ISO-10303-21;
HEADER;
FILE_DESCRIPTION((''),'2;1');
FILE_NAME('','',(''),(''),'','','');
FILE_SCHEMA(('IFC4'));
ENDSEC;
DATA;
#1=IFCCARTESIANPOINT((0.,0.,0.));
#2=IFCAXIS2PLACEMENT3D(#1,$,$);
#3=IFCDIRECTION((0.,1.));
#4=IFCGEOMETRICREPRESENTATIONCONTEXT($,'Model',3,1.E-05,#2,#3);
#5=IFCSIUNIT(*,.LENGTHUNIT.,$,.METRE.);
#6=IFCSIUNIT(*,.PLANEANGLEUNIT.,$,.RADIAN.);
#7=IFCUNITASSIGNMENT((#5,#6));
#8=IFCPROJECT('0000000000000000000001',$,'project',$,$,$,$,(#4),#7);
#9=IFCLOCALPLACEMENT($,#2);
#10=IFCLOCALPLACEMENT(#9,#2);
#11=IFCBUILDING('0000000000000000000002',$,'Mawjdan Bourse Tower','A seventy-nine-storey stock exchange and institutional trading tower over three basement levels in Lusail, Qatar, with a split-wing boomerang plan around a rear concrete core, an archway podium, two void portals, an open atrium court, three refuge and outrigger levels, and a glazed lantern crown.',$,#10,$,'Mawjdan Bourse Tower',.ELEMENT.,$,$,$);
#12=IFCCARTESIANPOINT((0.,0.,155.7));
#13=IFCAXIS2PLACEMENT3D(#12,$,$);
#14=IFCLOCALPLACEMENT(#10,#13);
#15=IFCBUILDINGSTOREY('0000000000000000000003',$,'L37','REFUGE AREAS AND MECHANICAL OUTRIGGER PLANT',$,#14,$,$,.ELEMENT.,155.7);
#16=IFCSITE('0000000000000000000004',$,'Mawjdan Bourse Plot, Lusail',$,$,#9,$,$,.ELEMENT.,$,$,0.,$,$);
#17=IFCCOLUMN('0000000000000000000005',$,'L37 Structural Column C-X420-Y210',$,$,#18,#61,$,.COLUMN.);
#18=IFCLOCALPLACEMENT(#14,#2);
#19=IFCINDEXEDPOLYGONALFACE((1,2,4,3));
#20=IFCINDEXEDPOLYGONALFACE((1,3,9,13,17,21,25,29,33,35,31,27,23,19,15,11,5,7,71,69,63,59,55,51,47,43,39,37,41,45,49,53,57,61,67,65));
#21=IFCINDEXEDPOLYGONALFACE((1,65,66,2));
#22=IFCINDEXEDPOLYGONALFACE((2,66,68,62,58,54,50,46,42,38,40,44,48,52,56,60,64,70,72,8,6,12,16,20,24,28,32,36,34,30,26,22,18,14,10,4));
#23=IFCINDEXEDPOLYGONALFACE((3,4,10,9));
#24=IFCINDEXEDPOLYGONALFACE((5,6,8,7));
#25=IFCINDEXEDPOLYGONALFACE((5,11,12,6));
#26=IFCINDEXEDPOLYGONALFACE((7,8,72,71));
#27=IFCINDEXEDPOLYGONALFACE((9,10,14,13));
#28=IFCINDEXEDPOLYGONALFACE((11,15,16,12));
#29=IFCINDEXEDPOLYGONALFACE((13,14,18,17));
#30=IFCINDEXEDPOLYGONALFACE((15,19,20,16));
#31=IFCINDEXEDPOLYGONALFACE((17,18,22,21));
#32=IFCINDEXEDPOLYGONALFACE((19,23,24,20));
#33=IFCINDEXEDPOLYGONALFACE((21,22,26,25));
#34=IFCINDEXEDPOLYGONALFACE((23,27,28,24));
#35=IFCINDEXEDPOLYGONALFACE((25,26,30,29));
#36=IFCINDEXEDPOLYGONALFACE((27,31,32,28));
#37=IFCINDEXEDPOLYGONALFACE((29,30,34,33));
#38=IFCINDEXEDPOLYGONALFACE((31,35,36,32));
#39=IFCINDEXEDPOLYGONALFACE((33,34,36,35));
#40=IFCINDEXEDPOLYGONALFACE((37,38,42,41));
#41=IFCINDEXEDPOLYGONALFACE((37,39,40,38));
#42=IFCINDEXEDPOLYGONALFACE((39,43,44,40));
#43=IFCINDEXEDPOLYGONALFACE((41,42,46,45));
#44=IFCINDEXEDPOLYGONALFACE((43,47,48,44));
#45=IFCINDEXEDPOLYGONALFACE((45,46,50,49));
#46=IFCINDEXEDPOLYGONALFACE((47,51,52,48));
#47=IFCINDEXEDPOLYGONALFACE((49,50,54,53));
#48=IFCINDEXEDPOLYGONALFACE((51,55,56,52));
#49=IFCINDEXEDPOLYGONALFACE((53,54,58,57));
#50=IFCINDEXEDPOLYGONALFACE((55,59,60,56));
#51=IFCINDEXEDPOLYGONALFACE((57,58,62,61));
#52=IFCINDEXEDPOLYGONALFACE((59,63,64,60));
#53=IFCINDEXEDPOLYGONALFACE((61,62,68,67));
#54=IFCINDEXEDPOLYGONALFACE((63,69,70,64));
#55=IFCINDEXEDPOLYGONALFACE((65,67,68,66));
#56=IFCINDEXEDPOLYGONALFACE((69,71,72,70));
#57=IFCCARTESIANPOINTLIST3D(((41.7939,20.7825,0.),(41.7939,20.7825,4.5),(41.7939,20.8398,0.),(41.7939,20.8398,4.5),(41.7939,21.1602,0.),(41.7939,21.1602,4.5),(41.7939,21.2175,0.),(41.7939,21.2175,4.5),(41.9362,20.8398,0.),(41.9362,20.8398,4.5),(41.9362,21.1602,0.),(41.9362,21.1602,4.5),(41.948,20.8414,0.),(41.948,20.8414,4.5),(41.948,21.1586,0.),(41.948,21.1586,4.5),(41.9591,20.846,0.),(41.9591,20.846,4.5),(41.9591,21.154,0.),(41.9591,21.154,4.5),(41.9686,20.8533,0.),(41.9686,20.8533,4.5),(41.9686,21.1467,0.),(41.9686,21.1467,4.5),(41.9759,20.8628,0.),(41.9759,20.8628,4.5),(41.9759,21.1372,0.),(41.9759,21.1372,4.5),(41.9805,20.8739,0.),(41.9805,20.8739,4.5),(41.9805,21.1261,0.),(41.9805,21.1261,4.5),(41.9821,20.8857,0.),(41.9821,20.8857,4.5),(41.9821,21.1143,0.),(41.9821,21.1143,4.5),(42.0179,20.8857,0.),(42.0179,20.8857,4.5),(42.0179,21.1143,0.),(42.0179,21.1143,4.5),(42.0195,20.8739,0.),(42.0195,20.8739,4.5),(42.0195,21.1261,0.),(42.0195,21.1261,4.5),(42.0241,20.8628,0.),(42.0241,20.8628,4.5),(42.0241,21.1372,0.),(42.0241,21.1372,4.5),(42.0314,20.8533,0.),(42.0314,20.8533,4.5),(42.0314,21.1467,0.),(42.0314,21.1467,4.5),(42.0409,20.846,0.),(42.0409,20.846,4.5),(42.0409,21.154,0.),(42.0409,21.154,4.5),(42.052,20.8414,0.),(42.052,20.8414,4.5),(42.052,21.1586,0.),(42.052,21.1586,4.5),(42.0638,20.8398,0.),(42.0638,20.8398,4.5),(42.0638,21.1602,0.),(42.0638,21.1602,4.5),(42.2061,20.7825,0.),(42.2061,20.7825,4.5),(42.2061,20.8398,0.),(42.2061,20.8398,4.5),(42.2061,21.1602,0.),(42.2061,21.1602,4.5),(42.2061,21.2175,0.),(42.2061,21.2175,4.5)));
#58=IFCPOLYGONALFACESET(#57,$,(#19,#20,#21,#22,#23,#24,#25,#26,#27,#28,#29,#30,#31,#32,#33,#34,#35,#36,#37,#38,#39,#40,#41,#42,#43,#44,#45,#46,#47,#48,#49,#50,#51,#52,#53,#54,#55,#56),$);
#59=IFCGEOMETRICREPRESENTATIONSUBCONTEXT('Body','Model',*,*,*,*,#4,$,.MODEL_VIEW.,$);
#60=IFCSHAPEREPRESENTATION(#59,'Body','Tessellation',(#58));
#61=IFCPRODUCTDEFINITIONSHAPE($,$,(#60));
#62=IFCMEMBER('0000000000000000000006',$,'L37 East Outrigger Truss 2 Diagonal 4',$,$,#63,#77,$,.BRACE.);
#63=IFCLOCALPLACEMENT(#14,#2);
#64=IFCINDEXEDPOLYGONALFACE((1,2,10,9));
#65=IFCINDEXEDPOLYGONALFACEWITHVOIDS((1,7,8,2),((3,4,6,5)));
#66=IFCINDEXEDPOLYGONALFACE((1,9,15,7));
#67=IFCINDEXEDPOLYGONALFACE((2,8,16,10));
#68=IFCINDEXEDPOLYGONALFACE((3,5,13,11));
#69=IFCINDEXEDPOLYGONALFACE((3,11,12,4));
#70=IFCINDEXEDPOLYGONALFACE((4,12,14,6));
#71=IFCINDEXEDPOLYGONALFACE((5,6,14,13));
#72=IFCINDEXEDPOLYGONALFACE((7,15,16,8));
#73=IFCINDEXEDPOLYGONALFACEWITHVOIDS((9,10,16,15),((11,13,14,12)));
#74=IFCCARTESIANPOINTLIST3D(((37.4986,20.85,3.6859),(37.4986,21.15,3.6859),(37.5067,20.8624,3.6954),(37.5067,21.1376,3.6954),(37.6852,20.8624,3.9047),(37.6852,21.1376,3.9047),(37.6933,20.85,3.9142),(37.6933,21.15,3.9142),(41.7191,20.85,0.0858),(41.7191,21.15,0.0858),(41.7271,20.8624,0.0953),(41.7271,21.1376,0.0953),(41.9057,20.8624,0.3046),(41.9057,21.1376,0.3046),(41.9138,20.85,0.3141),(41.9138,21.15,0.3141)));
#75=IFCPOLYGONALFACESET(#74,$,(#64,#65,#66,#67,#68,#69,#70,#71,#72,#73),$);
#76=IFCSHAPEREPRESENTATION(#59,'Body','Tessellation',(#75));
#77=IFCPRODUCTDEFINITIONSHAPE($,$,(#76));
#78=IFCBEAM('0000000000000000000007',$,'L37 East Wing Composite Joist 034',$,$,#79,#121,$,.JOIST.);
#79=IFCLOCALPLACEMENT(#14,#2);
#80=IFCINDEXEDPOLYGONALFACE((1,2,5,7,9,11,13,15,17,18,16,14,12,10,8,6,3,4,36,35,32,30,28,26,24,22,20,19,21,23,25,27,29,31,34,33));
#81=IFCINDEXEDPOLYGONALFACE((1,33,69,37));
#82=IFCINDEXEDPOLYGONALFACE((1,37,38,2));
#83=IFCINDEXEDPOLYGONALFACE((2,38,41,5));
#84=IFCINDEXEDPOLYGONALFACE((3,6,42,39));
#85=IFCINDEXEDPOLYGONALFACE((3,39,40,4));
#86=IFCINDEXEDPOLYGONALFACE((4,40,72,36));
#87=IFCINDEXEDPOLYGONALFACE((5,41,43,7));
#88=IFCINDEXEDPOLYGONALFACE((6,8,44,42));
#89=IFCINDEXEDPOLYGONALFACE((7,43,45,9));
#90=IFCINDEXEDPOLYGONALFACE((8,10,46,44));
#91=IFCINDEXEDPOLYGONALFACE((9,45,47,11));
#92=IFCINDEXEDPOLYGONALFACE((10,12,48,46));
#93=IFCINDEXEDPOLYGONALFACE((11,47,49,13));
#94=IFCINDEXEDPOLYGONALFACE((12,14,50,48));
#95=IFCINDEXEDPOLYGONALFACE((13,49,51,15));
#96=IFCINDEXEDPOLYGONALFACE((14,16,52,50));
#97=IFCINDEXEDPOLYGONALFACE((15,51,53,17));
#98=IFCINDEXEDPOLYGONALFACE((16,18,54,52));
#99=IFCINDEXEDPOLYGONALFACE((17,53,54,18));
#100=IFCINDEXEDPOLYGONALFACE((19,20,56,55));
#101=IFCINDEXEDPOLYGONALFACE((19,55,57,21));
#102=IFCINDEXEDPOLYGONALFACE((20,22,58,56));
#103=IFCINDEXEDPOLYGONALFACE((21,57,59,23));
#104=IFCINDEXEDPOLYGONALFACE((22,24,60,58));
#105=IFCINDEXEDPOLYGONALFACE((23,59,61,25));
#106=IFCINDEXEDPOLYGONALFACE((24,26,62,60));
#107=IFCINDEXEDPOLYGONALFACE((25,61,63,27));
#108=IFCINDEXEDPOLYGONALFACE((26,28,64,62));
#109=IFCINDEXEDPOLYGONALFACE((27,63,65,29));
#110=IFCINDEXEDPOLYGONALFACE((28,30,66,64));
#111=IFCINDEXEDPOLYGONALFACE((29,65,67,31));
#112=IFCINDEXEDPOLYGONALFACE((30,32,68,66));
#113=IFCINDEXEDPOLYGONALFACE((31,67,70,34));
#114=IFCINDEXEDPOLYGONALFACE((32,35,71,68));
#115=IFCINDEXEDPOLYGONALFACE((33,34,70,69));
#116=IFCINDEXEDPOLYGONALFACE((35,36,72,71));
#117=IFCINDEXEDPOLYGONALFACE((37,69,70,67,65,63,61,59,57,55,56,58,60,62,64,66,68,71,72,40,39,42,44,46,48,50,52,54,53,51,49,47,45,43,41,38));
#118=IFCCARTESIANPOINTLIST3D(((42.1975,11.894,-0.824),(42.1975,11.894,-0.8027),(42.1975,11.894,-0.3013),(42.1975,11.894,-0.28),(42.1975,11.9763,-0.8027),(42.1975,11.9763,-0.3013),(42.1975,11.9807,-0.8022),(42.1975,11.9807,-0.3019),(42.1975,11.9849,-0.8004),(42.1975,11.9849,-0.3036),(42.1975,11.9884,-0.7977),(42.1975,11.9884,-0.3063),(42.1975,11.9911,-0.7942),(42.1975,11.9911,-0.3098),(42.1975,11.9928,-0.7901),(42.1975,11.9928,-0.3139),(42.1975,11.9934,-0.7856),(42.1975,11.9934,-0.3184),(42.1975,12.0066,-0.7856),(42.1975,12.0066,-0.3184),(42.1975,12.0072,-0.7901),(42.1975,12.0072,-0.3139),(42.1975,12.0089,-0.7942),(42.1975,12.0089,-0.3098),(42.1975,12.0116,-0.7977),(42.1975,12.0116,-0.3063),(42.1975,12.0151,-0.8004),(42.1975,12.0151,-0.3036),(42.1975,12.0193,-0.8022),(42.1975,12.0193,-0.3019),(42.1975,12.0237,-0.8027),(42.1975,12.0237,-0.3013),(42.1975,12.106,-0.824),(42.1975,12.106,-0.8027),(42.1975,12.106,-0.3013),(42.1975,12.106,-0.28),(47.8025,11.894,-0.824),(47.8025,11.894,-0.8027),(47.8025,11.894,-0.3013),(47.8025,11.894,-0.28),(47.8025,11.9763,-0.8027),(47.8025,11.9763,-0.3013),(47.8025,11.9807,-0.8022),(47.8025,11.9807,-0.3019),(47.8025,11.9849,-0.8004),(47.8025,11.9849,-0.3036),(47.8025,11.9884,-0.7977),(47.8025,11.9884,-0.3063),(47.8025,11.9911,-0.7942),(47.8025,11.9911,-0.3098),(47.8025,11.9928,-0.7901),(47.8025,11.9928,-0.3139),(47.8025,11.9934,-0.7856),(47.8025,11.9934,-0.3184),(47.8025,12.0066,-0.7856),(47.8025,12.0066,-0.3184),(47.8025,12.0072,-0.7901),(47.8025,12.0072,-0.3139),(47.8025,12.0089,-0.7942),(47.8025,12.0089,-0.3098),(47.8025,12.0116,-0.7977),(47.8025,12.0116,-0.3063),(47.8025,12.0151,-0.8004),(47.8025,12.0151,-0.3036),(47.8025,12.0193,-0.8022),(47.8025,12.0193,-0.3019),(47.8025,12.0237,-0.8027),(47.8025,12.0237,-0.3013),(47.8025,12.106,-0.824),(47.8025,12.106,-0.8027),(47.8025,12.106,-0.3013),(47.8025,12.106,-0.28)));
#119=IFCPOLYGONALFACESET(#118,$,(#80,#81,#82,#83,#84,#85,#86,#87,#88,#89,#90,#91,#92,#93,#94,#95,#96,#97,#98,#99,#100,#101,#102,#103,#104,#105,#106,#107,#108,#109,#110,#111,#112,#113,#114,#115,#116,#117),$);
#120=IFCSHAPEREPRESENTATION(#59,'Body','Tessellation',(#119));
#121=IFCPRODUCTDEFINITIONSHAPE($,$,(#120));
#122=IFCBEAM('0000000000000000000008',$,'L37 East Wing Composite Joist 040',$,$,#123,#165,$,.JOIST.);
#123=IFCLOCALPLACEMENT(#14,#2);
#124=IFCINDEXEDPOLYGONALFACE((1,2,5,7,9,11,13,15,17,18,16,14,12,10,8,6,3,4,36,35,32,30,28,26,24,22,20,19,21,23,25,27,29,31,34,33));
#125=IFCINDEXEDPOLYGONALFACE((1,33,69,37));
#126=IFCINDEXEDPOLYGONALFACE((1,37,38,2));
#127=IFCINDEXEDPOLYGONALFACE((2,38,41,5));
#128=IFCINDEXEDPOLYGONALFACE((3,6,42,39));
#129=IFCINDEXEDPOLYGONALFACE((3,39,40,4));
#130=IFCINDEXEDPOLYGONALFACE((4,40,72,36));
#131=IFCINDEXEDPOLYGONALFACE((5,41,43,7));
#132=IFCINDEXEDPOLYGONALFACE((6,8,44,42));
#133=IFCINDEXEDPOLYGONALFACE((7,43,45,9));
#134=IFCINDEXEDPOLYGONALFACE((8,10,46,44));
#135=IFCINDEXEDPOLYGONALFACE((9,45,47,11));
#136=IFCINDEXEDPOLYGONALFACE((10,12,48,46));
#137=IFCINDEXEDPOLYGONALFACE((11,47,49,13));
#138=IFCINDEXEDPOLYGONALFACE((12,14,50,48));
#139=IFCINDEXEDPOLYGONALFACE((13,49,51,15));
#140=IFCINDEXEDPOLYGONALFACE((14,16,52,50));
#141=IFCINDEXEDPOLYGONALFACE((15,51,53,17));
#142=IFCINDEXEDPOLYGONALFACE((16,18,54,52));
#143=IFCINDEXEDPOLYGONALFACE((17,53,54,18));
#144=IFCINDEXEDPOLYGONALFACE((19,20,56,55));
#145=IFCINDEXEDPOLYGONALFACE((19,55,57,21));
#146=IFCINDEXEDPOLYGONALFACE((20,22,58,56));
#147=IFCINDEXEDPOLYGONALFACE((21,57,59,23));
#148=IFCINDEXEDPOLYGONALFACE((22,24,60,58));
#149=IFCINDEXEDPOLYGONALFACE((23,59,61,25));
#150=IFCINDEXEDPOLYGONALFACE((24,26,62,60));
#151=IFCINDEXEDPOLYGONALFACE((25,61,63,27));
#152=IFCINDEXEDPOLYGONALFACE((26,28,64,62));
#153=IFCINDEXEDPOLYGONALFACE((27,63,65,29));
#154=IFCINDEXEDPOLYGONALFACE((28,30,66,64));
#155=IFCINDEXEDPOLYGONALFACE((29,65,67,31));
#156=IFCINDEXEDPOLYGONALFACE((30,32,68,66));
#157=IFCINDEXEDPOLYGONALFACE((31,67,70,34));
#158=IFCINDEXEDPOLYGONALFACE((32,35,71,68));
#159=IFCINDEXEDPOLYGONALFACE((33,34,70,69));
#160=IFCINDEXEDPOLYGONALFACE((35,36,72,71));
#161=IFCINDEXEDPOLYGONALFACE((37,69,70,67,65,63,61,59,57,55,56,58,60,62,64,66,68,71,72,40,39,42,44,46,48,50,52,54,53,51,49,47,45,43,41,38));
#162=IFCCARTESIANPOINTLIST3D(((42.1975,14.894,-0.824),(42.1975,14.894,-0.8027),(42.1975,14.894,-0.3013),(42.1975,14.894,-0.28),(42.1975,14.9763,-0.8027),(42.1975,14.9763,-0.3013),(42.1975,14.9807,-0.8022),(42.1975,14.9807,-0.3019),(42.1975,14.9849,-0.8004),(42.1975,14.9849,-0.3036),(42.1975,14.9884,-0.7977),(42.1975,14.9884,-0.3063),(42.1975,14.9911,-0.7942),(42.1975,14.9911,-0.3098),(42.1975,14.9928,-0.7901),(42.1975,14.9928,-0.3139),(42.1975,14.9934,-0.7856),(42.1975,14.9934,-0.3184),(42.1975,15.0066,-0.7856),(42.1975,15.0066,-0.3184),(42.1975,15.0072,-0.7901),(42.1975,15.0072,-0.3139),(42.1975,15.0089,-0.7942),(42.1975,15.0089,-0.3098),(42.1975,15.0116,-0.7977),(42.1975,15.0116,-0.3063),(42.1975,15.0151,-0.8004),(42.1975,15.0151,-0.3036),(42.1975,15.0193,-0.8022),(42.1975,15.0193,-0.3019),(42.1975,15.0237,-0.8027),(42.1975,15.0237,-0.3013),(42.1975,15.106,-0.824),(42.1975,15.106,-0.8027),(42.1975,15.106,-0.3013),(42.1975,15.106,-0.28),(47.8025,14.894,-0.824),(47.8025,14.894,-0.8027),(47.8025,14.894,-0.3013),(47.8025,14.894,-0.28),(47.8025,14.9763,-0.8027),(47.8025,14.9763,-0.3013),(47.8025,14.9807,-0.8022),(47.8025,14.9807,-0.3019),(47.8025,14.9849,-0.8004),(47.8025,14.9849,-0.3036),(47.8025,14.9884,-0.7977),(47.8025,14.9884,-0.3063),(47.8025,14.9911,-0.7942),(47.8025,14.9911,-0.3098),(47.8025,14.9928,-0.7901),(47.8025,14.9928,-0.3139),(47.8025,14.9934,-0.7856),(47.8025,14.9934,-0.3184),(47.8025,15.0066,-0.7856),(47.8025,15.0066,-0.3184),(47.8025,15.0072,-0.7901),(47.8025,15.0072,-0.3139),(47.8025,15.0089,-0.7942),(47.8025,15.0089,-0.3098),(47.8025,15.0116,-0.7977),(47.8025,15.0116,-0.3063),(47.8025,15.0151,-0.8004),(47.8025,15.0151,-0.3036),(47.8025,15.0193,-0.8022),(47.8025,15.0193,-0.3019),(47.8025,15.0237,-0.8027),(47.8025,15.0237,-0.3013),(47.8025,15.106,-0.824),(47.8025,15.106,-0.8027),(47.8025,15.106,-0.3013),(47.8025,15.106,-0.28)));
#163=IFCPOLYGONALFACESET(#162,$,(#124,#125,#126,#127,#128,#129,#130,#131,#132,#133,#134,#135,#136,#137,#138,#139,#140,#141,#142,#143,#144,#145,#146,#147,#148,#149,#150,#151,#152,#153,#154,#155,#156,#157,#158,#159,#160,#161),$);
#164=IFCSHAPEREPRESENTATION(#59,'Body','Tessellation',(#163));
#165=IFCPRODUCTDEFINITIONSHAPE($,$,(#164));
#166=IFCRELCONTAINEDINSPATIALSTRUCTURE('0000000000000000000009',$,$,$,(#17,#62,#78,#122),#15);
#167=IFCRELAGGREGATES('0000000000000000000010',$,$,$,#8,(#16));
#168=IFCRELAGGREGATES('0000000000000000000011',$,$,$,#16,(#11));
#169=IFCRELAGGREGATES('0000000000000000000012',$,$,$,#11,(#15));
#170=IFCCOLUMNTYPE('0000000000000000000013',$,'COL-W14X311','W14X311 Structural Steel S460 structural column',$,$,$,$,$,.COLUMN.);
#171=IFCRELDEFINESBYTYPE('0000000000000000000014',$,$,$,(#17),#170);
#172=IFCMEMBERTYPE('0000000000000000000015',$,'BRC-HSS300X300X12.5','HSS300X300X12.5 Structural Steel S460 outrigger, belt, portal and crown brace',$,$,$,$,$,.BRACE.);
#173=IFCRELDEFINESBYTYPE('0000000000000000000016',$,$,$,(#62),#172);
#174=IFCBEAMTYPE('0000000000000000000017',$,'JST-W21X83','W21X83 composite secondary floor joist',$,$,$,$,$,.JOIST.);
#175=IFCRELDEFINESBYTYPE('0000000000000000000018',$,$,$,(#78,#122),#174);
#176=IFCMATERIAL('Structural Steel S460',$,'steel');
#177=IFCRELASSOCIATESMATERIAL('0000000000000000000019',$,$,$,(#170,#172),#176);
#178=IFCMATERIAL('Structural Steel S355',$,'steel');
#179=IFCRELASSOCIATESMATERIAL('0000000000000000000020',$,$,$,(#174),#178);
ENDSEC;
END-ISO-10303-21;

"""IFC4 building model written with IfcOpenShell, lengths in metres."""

from ifc_helpers import new_model, si_unit, direction, frame, origin, origin_2d, place, context, subcontext, project, spatial, hollow_rectangle, i_section, extrude, material, material_profile, profile_set, type_object, element, save


model = new_model("IFC4")

# Units and contexts
model_context = context("Model", 3, precision=1e-05, world=origin(), true_north=direction((0.0, 1.0)))
body_context = subcontext(model_context, "Body", "Model", "MODEL_VIEW")
ifc_project = project(units=[si_unit("LENGTHUNIT", "METRE"), si_unit("PLANEANGLEUNIT", "RADIAN")], contexts=[model_context])

# Site, building, storey
site_placement = place(None, origin())
site = spatial("IfcSite", under=ifc_project, at=site_placement, Name="Mawjdan Bourse Plot, Lusail", CompositionType="ELEMENT", RefElevation=0.0)
building_placement = place(site_placement, origin())
building = spatial("IfcBuilding", under=site, at=building_placement, Name="Mawjdan Bourse Tower", Description="A seventy-nine-storey stock exchange and institutional trading tower over three basement levels in Lusail, Qatar, with a split-wing boomerang plan around a rear concrete core, an archway podium, two void portals, an open atrium court, three refuge and outrigger levels, and a glazed lantern crown.", LongName="Mawjdan Bourse Tower", CompositionType="ELEMENT")
storey_placement = place(building_placement, frame((0.0, 0.0, 155.7)))
storey = spatial("IfcBuildingStorey", under=building, at=storey_placement, Name="L37", Description="REFUGE AREAS AND MECHANICAL OUTRIGGER PLANT", CompositionType="ELEMENT", Elevation=155.7)

# Column
ifc_material_1 = material(Name="Structural Steel S460", Category="steel")
ifc_material_profile_1 = material_profile(ifc_material_1, i_section(OverallWidth=0.4121, OverallDepth=0.4351, WebThickness=0.0359, FlangeThickness=0.0574, FilletRadius=0.0459, at=origin_2d()), Name="W14X311")
ifc_profile_set_1 = profile_set([ifc_material_profile_1], Name="Structural Steel S460")
column_type = type_object("IfcColumnType", Name="COL-W14X311", Description="W14X311 Structural Steel S460 structural column", PredefinedType="COLUMN", material=ifc_profile_set_1)
column_placement = place(storey_placement, frame((42.0, 21.0, 0.0), z_axis=(0.0, 0.0, 1.0), x_axis=(1.0, 0.0, 0.0)))
element("IfcColumn", 1, at=column_placement, inside=storey, type_object=column_type, Name="L37 Structural Column C-X420-Y210", PredefinedType="COLUMN", context=body_context, shape_type="SweptSolid", body=[
    extrude(i_section(OverallWidth=0.4121, OverallDepth=0.4351, WebThickness=0.0359, FlangeThickness=0.0574, FilletRadius=0.0459, at=origin_2d()), origin(), (0.0, 0.0, 1.0), 4.5),
])

# Member
ifc_material_profile_2 = material_profile(ifc_material_1, hollow_rectangle(XDim=0.3, YDim=0.3, WallThickness=0.0125, at=origin_2d()), Name="HSS300X300X12.5")
ifc_profile_set_2 = profile_set([ifc_material_profile_2], Name="Structural Steel S460")
member_type_1 = type_object("IfcMemberType", Name="BRC-HSS300X300X12.5", Description="HSS300X300X12.5 Structural Steel S460 outrigger, belt, portal and crown brace", PredefinedType="BRACE", material=ifc_profile_set_2)
member_1_placement = place(storey_placement, frame((37.5959, 21.0, 3.8), z_axis=(0.760808, 0.0, -0.648977), x_axis=(0.0, 1.0, 0.0)))
element("IfcMember", 2, at=member_1_placement, inside=storey, type_object=member_type_1, Name="L37 East Outrigger Truss 2 Diagonal 4", PredefinedType="BRACE", context=body_context, shape_type="SweptSolid", body=[
    extrude(hollow_rectangle(XDim=0.3, YDim=0.3, WallThickness=0.0125, at=origin_2d()), origin(), (0.0, 0.0, 1.0), 5.5474),
])

# Beams
ifc_material_2 = material(Name="Structural Steel S355", Category="steel")
ifc_material_profile_3 = material_profile(ifc_material_2, i_section(OverallWidth=0.2119, OverallDepth=0.5439, WebThickness=0.0132, FlangeThickness=0.0212, FilletRadius=0.0171, at=origin_2d()), Name="W21X83")
ifc_profile_set_3 = profile_set([ifc_material_profile_3], Name="Structural Steel S355")
beam_type_1 = type_object("IfcBeamType", Name="JST-W21X83", Description="W21X83 composite secondary floor joist", PredefinedType="JOIST", material=ifc_profile_set_3)
for number, where, z_axis, x_axis, name in (
    (3, (42.1975, 12.0, -0.552), (1.0, 0.0, 0.0), (0.0, 1.0, 0.0), "L37 East Wing Composite Joist 034"),
    (4, (42.1975, 15.0, -0.552), (1.0, 0.0, 0.0), (0.0, 1.0, 0.0), "L37 East Wing Composite Joist 040"),
):
    element("IfcBeam", number, at=place(storey_placement, frame(where, z_axis=z_axis, x_axis=x_axis)), inside=storey, type_object=beam_type_1, Name=name, PredefinedType="JOIST", context=body_context, shape_type="SweptSolid", body=[
        extrude(i_section(OverallWidth=0.2119, OverallDepth=0.5439, WebThickness=0.0132, FlangeThickness=0.0212, FilletRadius=0.0171, at=origin_2d()), origin(), (0.0, 0.0, 1.0), 5.605),
    ])

save(model, "model.ifc")
